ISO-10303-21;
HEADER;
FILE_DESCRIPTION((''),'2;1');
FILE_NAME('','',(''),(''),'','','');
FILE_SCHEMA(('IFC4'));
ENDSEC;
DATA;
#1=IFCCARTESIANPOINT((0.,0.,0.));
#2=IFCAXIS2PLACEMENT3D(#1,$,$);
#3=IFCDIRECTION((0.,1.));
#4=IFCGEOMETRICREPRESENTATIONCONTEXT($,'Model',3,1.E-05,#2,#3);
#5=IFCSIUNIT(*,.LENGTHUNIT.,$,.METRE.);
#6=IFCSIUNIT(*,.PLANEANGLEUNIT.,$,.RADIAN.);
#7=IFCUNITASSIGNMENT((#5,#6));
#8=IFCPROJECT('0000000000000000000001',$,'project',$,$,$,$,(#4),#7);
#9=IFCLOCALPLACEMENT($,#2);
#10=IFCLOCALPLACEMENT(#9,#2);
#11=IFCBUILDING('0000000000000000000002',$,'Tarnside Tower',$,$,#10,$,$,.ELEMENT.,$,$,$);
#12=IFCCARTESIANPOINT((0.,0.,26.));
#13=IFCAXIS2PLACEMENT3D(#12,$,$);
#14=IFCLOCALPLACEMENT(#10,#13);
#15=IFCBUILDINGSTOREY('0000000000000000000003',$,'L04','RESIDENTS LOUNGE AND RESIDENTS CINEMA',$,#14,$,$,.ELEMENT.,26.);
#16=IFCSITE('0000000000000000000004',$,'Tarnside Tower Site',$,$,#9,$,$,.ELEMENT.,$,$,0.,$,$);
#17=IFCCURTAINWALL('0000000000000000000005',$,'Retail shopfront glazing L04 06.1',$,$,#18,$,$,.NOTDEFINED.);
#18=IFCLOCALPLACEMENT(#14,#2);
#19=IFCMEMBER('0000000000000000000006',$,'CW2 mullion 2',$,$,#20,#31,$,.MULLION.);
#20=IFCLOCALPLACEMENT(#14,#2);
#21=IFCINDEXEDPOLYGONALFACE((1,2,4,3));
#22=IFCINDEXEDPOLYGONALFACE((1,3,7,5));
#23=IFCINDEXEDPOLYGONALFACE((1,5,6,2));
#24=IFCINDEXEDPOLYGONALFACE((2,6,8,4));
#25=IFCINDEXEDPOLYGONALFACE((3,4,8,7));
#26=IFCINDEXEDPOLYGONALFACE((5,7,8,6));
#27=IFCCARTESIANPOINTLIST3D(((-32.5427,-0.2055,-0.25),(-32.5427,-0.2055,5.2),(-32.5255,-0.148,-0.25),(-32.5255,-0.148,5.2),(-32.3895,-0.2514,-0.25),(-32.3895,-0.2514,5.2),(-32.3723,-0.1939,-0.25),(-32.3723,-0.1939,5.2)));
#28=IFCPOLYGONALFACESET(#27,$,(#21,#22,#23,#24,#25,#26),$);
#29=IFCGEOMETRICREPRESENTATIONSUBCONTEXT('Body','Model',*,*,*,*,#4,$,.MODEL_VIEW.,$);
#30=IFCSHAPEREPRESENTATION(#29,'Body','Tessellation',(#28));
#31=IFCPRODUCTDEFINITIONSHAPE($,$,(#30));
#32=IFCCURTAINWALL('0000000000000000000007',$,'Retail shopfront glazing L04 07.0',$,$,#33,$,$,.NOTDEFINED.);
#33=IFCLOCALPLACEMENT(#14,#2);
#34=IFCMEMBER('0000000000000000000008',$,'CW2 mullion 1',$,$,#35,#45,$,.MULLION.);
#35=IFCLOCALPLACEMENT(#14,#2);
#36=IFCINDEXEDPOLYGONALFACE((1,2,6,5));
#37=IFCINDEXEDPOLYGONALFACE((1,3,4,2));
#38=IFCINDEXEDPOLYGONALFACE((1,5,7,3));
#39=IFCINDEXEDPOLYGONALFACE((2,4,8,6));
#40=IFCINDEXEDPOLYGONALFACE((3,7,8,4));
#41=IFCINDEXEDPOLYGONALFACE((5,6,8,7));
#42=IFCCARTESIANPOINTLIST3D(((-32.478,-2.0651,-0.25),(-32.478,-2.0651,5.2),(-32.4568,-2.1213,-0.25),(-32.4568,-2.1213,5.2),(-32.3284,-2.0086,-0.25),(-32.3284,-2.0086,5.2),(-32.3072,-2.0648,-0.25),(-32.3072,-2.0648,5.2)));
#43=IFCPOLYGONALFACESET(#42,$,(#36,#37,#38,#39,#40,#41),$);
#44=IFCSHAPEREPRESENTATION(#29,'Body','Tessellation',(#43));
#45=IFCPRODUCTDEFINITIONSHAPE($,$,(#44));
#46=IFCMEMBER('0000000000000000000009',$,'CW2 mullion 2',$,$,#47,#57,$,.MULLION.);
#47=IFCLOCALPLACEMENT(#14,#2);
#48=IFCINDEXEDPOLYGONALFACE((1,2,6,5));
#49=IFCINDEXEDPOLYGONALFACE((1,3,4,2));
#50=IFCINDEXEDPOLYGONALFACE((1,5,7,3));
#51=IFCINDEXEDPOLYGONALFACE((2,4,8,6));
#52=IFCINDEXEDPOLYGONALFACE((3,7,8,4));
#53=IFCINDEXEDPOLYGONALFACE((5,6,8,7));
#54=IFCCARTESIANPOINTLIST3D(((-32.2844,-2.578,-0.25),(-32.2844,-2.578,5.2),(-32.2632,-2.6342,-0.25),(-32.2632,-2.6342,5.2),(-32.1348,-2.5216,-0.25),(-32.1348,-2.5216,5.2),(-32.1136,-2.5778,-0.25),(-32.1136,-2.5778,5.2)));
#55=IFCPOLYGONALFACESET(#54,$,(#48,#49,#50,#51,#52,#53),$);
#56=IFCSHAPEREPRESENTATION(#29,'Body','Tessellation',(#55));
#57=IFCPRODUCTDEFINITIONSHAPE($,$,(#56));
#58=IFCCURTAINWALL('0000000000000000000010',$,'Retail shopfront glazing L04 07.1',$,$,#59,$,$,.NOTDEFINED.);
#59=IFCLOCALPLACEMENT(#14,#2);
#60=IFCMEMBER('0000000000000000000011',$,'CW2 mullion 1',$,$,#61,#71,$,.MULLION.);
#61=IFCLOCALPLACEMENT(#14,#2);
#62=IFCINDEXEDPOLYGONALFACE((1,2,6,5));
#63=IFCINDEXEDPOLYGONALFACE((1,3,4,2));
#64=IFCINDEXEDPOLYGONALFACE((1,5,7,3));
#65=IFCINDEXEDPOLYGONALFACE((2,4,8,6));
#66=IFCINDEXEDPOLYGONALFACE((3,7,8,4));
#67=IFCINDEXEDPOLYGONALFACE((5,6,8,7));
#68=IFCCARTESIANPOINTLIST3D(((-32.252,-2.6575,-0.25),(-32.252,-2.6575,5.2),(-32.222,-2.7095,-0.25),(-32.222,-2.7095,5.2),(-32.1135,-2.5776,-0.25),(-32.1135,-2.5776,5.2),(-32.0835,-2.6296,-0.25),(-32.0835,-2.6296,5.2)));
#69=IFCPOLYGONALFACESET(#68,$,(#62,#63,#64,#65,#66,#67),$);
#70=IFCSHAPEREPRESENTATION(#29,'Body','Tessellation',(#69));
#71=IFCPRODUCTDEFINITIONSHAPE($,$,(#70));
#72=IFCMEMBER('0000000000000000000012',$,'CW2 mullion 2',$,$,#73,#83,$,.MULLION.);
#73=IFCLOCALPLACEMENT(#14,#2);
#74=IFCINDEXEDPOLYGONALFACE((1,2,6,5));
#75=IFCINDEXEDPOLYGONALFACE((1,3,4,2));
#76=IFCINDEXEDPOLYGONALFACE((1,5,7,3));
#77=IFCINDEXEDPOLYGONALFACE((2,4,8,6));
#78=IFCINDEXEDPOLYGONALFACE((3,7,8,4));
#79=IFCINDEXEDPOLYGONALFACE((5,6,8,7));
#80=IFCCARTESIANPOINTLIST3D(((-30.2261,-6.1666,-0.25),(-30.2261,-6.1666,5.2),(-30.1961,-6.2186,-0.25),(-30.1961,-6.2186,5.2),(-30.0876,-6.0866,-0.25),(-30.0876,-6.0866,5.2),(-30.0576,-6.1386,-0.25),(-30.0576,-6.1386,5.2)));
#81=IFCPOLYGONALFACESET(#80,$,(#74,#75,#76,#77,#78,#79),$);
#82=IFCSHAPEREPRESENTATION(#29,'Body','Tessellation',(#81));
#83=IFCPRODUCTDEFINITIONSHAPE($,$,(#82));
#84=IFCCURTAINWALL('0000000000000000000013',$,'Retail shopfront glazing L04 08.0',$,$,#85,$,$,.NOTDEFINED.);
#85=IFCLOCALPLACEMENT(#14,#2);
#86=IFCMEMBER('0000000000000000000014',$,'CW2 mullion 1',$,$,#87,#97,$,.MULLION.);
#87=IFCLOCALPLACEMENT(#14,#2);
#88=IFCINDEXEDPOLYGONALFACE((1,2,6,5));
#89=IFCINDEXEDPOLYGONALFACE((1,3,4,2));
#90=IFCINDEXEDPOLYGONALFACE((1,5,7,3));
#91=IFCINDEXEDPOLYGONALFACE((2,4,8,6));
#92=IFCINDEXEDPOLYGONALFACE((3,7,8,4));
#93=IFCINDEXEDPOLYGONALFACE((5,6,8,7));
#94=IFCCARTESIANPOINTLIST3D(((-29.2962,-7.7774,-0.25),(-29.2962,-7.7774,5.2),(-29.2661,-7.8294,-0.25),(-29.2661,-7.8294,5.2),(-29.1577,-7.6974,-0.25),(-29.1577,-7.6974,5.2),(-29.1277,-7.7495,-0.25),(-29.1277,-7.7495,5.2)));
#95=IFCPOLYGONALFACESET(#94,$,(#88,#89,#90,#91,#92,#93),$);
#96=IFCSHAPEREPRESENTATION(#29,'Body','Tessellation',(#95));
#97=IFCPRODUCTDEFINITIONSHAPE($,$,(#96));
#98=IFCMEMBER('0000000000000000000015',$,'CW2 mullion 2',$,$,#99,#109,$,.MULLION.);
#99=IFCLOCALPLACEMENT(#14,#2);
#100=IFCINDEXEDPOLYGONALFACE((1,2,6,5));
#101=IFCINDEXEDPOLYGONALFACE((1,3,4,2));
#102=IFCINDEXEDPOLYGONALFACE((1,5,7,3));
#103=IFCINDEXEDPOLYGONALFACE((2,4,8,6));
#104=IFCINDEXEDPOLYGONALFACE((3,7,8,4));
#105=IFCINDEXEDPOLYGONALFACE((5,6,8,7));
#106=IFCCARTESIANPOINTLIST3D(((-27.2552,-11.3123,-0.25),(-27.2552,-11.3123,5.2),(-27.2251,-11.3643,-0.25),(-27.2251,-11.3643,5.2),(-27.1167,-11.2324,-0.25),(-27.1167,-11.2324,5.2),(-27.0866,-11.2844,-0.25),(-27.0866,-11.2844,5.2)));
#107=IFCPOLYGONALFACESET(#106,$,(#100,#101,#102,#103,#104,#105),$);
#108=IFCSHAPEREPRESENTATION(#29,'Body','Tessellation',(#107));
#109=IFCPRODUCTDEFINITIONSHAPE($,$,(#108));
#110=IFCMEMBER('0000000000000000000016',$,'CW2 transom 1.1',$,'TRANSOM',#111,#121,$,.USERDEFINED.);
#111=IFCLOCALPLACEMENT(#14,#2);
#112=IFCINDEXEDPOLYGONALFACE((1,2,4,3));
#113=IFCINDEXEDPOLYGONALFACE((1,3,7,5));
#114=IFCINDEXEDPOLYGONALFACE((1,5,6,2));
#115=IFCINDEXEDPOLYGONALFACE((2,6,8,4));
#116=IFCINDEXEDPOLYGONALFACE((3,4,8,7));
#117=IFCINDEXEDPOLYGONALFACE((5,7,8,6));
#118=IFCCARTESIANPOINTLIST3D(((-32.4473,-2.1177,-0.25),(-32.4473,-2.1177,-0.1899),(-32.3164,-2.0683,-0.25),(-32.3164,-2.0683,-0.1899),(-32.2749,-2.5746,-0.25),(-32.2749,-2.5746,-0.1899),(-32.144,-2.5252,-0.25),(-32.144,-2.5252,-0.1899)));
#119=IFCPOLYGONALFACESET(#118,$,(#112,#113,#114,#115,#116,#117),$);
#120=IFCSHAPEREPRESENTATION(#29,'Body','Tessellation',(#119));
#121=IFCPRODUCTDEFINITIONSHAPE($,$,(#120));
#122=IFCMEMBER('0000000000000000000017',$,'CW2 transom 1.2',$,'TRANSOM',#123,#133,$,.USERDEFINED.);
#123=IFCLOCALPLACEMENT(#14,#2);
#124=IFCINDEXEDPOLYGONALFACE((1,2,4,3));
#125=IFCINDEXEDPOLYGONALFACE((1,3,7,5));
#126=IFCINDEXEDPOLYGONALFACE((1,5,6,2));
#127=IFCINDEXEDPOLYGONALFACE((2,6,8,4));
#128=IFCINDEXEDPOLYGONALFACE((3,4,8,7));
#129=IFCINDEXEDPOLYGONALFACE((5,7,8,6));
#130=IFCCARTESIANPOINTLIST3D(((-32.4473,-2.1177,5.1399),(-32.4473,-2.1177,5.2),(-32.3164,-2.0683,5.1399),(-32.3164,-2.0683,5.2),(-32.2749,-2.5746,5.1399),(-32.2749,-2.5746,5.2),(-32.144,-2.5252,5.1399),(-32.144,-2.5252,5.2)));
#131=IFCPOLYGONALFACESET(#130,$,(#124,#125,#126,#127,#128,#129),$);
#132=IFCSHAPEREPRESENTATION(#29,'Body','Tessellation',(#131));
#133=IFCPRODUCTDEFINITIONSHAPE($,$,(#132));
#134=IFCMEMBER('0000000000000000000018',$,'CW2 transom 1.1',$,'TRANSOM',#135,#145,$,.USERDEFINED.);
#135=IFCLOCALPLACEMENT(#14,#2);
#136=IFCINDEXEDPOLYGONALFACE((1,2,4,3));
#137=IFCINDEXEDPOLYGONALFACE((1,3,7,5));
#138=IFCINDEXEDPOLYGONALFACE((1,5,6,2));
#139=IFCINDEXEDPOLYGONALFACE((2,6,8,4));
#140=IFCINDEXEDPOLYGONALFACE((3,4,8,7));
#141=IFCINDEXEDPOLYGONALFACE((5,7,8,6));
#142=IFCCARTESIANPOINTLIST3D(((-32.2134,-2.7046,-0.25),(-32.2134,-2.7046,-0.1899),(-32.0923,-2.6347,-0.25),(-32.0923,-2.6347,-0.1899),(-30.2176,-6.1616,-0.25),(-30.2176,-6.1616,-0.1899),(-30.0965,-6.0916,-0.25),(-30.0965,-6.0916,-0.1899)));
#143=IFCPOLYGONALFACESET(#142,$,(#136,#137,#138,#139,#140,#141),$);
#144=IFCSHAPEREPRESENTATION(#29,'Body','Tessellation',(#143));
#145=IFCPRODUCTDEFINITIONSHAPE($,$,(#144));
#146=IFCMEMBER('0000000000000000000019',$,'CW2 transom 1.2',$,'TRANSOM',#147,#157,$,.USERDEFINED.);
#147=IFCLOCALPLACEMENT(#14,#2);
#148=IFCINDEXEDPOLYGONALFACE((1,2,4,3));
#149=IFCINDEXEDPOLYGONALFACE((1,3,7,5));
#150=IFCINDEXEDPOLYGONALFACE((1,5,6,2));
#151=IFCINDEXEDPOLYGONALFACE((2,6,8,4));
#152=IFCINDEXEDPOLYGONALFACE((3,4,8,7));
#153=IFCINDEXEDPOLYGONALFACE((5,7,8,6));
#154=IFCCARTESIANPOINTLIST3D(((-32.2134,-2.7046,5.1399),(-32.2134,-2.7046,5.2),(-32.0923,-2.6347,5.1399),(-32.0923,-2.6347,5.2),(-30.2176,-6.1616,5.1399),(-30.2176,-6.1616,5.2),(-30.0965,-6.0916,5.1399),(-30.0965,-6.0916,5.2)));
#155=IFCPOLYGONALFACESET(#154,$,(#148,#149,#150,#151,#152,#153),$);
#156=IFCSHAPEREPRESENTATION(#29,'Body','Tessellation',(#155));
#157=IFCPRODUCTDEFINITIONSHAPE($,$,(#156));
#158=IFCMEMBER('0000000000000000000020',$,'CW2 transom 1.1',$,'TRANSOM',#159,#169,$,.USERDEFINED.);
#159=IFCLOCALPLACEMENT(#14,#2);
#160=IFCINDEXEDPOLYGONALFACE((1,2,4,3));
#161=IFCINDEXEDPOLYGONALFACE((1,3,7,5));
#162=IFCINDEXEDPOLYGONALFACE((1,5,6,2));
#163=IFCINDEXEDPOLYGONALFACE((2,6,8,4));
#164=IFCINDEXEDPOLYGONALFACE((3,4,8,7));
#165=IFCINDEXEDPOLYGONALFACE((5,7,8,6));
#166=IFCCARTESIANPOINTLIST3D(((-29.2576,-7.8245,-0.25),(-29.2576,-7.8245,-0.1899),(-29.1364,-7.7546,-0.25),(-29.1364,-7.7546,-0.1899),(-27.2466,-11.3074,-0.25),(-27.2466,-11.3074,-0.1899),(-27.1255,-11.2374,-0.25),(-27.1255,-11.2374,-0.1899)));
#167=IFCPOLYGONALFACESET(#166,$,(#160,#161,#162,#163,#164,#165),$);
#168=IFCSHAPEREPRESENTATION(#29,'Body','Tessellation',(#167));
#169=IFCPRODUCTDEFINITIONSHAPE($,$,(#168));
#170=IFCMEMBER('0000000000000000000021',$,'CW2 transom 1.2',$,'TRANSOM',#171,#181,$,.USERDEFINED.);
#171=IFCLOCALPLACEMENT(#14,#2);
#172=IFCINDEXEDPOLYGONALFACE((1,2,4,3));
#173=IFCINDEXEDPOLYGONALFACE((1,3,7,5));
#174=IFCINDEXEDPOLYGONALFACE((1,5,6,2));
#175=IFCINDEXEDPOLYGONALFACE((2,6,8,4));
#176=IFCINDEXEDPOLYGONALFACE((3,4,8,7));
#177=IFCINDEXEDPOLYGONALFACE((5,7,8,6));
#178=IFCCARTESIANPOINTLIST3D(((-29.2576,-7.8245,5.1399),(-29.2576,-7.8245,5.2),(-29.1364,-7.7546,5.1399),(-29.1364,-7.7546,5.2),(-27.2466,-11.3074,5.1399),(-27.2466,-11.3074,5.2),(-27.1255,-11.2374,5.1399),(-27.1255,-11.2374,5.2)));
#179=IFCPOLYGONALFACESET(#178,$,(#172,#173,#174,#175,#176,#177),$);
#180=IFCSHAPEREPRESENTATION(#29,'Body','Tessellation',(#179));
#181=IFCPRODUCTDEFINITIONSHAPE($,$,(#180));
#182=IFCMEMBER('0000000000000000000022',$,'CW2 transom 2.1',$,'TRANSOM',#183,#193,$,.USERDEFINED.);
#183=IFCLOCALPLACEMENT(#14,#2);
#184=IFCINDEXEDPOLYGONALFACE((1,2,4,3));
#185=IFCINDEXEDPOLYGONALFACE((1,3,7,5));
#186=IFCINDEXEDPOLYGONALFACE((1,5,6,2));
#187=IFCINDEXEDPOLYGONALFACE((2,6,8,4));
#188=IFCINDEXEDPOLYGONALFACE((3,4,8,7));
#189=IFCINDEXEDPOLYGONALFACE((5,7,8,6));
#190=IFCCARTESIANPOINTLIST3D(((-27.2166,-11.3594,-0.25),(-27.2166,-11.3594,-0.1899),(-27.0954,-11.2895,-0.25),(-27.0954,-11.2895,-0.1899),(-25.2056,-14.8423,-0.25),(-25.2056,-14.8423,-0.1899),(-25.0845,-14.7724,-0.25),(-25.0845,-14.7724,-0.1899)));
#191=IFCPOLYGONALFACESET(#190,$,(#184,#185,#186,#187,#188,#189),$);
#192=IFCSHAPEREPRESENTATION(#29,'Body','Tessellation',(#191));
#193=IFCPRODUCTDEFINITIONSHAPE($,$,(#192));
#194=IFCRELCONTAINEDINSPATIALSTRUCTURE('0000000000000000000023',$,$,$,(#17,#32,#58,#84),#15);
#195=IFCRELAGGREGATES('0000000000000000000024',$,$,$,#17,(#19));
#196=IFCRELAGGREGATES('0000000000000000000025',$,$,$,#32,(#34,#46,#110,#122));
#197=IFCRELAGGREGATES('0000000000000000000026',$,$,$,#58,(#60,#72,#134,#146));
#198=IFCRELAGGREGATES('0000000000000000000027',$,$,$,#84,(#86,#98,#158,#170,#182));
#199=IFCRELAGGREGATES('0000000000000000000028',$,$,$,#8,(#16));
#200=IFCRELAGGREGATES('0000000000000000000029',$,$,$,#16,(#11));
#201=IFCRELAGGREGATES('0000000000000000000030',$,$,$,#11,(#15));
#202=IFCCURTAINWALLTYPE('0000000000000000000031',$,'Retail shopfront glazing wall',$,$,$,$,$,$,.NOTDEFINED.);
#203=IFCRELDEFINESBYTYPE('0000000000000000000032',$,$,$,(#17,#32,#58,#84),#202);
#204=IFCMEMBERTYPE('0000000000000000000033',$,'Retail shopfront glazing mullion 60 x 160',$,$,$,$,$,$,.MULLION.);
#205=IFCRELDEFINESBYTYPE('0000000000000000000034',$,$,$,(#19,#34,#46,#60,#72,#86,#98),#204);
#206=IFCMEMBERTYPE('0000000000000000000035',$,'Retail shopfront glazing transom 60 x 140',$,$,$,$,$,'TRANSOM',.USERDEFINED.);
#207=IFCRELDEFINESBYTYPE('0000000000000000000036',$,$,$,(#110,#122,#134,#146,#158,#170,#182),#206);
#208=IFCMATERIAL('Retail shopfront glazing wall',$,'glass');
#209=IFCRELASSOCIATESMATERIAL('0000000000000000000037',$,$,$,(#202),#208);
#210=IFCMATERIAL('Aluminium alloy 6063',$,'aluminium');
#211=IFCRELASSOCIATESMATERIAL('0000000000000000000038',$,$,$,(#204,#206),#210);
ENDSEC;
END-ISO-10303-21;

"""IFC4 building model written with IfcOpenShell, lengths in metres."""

from ifc_helpers import new_model, si_unit, direction, frame, origin, origin_2d, place, context, subcontext, project, spatial, rectangle, extrude, material, material_profile, profile_set, type_object, element, aggregate, save


model = new_model("IFC4")

# Units and contexts
model_context = context("Model", 3, precision=1e-05, world=origin(), true_north=direction((0.0, 1.0)))
body_context = subcontext(model_context, "Body", "Model", "MODEL_VIEW")
ifc_project = project(units=[si_unit("LENGTHUNIT", "METRE"), si_unit("PLANEANGLEUNIT", "RADIAN")], contexts=[model_context])

# Site, building, storey
site_placement = place(None, origin())
site = spatial("IfcSite", under=ifc_project, at=site_placement, Name="Tarnside Tower Site", CompositionType="ELEMENT", RefElevation=0.0)
building_placement = place(site_placement, origin())
building = spatial("IfcBuilding", under=site, at=building_placement, Name="Tarnside Tower", CompositionType="ELEMENT")
storey_placement = place(building_placement, frame((0.0, 0.0, 26.0)))
storey = spatial("IfcBuildingStorey", under=building, at=storey_placement, Name="L04", Description="RESIDENTS LOUNGE AND RESIDENTS CINEMA", CompositionType="ELEMENT", Elevation=26.0)

# Curtain wall, member
ifc_material_1 = material(Name="Retail shopfront glazing wall", Category="glass")
curtain_wall_type = type_object("IfcCurtainWallType", Name="Retail shopfront glazing wall", PredefinedType="NOTDEFINED", material=ifc_material_1)
curtain_wall_1_placement = place(storey_placement, origin())
curtain_wall_1 = element("IfcCurtainWall", 1, at=curtain_wall_1_placement, inside=storey, type_object=curtain_wall_type, Name="Retail shopfront glazing L04 06.1", PredefinedType="NOTDEFINED")
ifc_material_2 = material(Name="Aluminium alloy 6063", Category="aluminium")
ifc_material_profile_1 = material_profile(ifc_material_2, rectangle(XDim=0.1599, YDim=0.0601, at=origin_2d()), Name="Retail shopfront glazing mullion 60 x 160")
ifc_profile_set_1 = profile_set([ifc_material_profile_1], Name="Aluminium alloy 6063")
member_type_1 = type_object("IfcMemberType", Name="Retail shopfront glazing mullion 60 x 160", PredefinedType="MULLION", material=ifc_profile_set_1)
member_1_placement = place(storey_placement, frame((-32.4575, -0.1997, -0.25), z_axis=(0.0, 0.0, 1.0), x_axis=(0.95799, -0.286803, 0.0)))
member_1 = element("IfcMember", 2, at=member_1_placement, type_object=member_type_1, Name="CW2 mullion 2", PredefinedType="MULLION", context=body_context, shape_type="SweptSolid", body=[
    extrude(rectangle(XDim=0.1599, YDim=0.0601, at=origin_2d()), origin(), (0.0, 0.0, 1.0), 5.45),
])

# Curtain walls, members
curtain_wall_2_placement = place(storey_placement, origin())
curtain_wall_2 = element("IfcCurtainWall", 3, at=curtain_wall_2_placement, inside=storey, type_object=curtain_wall_type, Name="Retail shopfront glazing L04 07.0", PredefinedType="NOTDEFINED")
member_2_placement = place(storey_placement, frame((-32.3926, -2.0649, -0.25), z_axis=(0.0, 0.0, 1.0), x_axis=(0.93565, 0.352931, 0.0)))
member_2 = element("IfcMember", 4, at=member_2_placement, type_object=member_type_1, Name="CW2 mullion 1", PredefinedType="MULLION", context=body_context, shape_type="SweptSolid", body=[
    extrude(rectangle(XDim=0.1599, YDim=0.0601, at=origin_2d()), origin(), (0.0, 0.0, 1.0), 5.45),
])
member_3_placement = place(storey_placement, frame((-32.199, -2.5779, -0.25), z_axis=(0.0, 0.0, 1.0), x_axis=(0.93565, 0.352931, 0.0)))
member_3 = element("IfcMember", 5, at=member_3_placement, type_object=member_type_1, Name="CW2 mullion 2", PredefinedType="MULLION", context=body_context, shape_type="SweptSolid", body=[
    extrude(rectangle(XDim=0.1599, YDim=0.0601, at=origin_2d()), origin(), (0.0, 0.0, 1.0), 5.45),
])
curtain_wall_3_placement = place(storey_placement, origin())
curtain_wall_3 = element("IfcCurtainWall", 6, at=curtain_wall_3_placement, inside=storey, type_object=curtain_wall_type, Name="Retail shopfront glazing L04 07.1", PredefinedType="NOTDEFINED")
member_4_placement = place(storey_placement, frame((-32.1677, -2.6436, -0.25), z_axis=(0.0, 0.0, 1.0), x_axis=(0.866025, 0.5, 0.0)))
member_4 = element("IfcMember", 7, at=member_4_placement, type_object=member_type_1, Name="CW2 mullion 1", PredefinedType="MULLION", context=body_context, shape_type="SweptSolid", body=[
    extrude(rectangle(XDim=0.1599, YDim=0.0601, at=origin_2d()), origin(), (0.0, 0.0, 1.0), 5.45),
])
member_5_placement = place(storey_placement, frame((-30.1418, -6.1526, -0.25), z_axis=(0.0, 0.0, 1.0), x_axis=(0.866025, 0.5, 0.0)))
member_5 = element("IfcMember", 8, at=member_5_placement, type_object=member_type_1, Name="CW2 mullion 2", PredefinedType="MULLION", context=body_context, shape_type="SweptSolid", body=[
    extrude(rectangle(XDim=0.1599, YDim=0.0601, at=origin_2d()), origin(), (0.0, 0.0, 1.0), 5.45),
])
curtain_wall_4_placement = place(storey_placement, origin())
curtain_wall_4 = element("IfcCurtainWall", 9, at=curtain_wall_4_placement, inside=storey, type_object=curtain_wall_type, Name="Retail shopfront glazing L04 08.0", PredefinedType="NOTDEFINED")
member_6_placement = place(storey_placement, frame((-29.2119, -7.7634, -0.25), z_axis=(0.0, 0.0, 1.0), x_axis=(0.866025, 0.5, 0.0)))
member_6 = element("IfcMember", 10, at=member_6_placement, type_object=member_type_1, Name="CW2 mullion 1", PredefinedType="MULLION", context=body_context, shape_type="SweptSolid", body=[
    extrude(rectangle(XDim=0.1599, YDim=0.0601, at=origin_2d()), origin(), (0.0, 0.0, 1.0), 5.45),
])
member_7_placement = place(storey_placement, frame((-27.1709, -11.2983, -0.25), z_axis=(0.0, 0.0, 1.0), x_axis=(0.866025, 0.5, 0.0)))
member_7 = element("IfcMember", 11, at=member_7_placement, type_object=member_type_1, Name="CW2 mullion 2", PredefinedType="MULLION", context=body_context, shape_type="SweptSolid", body=[
    extrude(rectangle(XDim=0.1599, YDim=0.0601, at=origin_2d()), origin(), (0.0, 0.0, 1.0), 5.45),
])

# Members
ifc_material_profile_2 = material_profile(ifc_material_2, rectangle(XDim=0.1399, YDim=0.0601, at=origin_2d()), Name="Retail shopfront glazing transom 60 x 140")
ifc_profile_set_2 = profile_set([ifc_material_profile_2], Name="Aluminium alloy 6063")
member_type_2 = type_object("IfcMemberType", Name="Retail shopfront glazing transom 60 x 140", ElementType="TRANSOM", PredefinedType="USERDEFINED", material=ifc_profile_set_2)
member_8_placement = place(storey_placement, frame((-32.3818, -2.093, -0.22), z_axis=(0.353041, -0.935608, 0.0), x_axis=(0.935608, 0.353041, 0.0)))
member_8 = element("IfcMember", 12, at=member_8_placement, type_object=member_type_2, Name="CW2 transom 1.1", ObjectType="TRANSOM", PredefinedType="USERDEFINED", context=body_context, shape_type="SweptSolid", body=[
    extrude(rectangle(XDim=0.1399, YDim=0.0601, at=origin_2d()), origin(), (0.0, 0.0, 1.0), 0.4883),
])
member_9_placement = place(storey_placement, frame((-32.3818, -2.093, 5.1699), z_axis=(0.353041, -0.935608, 0.0), x_axis=(0.935608, 0.353041, 0.0)))
member_9 = element("IfcMember", 13, at=member_9_placement, type_object=member_type_2, Name="CW2 transom 1.2", ObjectType="TRANSOM", PredefinedType="USERDEFINED", context=body_context, shape_type="SweptSolid", body=[
    extrude(rectangle(XDim=0.1399, YDim=0.0601, at=origin_2d()), origin(), (0.0, 0.0, 1.0), 0.4883),
])
member_10_placement = place(storey_placement, frame((-32.1528, -2.6697, -0.22), z_axis=(0.499987, -0.866033, 0.0), x_axis=(0.866033, 0.499987, 0.0)))
member_10 = element("IfcMember", 14, at=member_10_placement, type_object=member_type_2, Name="CW2 transom 1.1", ObjectType="TRANSOM", PredefinedType="USERDEFINED", context=body_context, shape_type="SweptSolid", body=[
    extrude(rectangle(XDim=0.1399, YDim=0.0601, at=origin_2d()), origin(), (0.0, 0.0, 1.0), 3.9917),
])
member_11_placement = place(storey_placement, frame((-32.1528, -2.6697, 5.1699), z_axis=(0.499987, -0.866033, 0.0), x_axis=(0.866033, 0.499987, 0.0)))
member_11 = element("IfcMember", 15, at=member_11_placement, type_object=member_type_2, Name="CW2 transom 1.2", ObjectType="TRANSOM", PredefinedType="USERDEFINED", context=body_context, shape_type="SweptSolid", body=[
    extrude(rectangle(XDim=0.1399, YDim=0.0601, at=origin_2d()), origin(), (0.0, 0.0, 1.0), 3.9917),
])
member_12_placement = place(storey_placement, frame((-29.197, -7.7896, -0.22), z_axis=(0.500024, -0.866012, 0.0), x_axis=(0.866012, 0.500024, 0.0)))
member_12 = element("IfcMember", 16, at=member_12_placement, type_object=member_type_2, Name="CW2 transom 1.1", ObjectType="TRANSOM", PredefinedType="USERDEFINED", context=body_context, shape_type="SweptSolid", body=[
    extrude(rectangle(XDim=0.1399, YDim=0.0601, at=origin_2d()), origin(), (0.0, 0.0, 1.0), 4.0217),
])
member_13_placement = place(storey_placement, frame((-29.197, -7.7896, 5.1699), z_axis=(0.500024, -0.866012, 0.0), x_axis=(0.866012, 0.500024, 0.0)))
member_13 = element("IfcMember", 17, at=member_13_placement, type_object=member_type_2, Name="CW2 transom 1.2", ObjectType="TRANSOM", PredefinedType="USERDEFINED", context=body_context, shape_type="SweptSolid", body=[
    extrude(rectangle(XDim=0.1399, YDim=0.0601, at=origin_2d()), origin(), (0.0, 0.0, 1.0), 4.0217),
])
member_14_placement = place(storey_placement, frame((-27.156, -11.3245, -0.22), z_axis=(0.500024, -0.866012, 0.0), x_axis=(0.866012, 0.500024, 0.0)))
member_14 = element("IfcMember", 18, at=member_14_placement, type_object=member_type_2, Name="CW2 transom 2.1", ObjectType="TRANSOM", PredefinedType="USERDEFINED", context=body_context, shape_type="SweptSolid", body=[
    extrude(rectangle(XDim=0.1399, YDim=0.0601, at=origin_2d()), origin(), (0.0, 0.0, 1.0), 4.0217),
])

aggregate(curtain_wall_1, [member_1])
aggregate(curtain_wall_2, [member_2, member_3, member_8, member_9])
aggregate(curtain_wall_3, [member_4, member_5, member_10, member_11])
aggregate(curtain_wall_4, [member_6, member_7, member_12, member_13, member_14])

save(model, "model.ifc")
